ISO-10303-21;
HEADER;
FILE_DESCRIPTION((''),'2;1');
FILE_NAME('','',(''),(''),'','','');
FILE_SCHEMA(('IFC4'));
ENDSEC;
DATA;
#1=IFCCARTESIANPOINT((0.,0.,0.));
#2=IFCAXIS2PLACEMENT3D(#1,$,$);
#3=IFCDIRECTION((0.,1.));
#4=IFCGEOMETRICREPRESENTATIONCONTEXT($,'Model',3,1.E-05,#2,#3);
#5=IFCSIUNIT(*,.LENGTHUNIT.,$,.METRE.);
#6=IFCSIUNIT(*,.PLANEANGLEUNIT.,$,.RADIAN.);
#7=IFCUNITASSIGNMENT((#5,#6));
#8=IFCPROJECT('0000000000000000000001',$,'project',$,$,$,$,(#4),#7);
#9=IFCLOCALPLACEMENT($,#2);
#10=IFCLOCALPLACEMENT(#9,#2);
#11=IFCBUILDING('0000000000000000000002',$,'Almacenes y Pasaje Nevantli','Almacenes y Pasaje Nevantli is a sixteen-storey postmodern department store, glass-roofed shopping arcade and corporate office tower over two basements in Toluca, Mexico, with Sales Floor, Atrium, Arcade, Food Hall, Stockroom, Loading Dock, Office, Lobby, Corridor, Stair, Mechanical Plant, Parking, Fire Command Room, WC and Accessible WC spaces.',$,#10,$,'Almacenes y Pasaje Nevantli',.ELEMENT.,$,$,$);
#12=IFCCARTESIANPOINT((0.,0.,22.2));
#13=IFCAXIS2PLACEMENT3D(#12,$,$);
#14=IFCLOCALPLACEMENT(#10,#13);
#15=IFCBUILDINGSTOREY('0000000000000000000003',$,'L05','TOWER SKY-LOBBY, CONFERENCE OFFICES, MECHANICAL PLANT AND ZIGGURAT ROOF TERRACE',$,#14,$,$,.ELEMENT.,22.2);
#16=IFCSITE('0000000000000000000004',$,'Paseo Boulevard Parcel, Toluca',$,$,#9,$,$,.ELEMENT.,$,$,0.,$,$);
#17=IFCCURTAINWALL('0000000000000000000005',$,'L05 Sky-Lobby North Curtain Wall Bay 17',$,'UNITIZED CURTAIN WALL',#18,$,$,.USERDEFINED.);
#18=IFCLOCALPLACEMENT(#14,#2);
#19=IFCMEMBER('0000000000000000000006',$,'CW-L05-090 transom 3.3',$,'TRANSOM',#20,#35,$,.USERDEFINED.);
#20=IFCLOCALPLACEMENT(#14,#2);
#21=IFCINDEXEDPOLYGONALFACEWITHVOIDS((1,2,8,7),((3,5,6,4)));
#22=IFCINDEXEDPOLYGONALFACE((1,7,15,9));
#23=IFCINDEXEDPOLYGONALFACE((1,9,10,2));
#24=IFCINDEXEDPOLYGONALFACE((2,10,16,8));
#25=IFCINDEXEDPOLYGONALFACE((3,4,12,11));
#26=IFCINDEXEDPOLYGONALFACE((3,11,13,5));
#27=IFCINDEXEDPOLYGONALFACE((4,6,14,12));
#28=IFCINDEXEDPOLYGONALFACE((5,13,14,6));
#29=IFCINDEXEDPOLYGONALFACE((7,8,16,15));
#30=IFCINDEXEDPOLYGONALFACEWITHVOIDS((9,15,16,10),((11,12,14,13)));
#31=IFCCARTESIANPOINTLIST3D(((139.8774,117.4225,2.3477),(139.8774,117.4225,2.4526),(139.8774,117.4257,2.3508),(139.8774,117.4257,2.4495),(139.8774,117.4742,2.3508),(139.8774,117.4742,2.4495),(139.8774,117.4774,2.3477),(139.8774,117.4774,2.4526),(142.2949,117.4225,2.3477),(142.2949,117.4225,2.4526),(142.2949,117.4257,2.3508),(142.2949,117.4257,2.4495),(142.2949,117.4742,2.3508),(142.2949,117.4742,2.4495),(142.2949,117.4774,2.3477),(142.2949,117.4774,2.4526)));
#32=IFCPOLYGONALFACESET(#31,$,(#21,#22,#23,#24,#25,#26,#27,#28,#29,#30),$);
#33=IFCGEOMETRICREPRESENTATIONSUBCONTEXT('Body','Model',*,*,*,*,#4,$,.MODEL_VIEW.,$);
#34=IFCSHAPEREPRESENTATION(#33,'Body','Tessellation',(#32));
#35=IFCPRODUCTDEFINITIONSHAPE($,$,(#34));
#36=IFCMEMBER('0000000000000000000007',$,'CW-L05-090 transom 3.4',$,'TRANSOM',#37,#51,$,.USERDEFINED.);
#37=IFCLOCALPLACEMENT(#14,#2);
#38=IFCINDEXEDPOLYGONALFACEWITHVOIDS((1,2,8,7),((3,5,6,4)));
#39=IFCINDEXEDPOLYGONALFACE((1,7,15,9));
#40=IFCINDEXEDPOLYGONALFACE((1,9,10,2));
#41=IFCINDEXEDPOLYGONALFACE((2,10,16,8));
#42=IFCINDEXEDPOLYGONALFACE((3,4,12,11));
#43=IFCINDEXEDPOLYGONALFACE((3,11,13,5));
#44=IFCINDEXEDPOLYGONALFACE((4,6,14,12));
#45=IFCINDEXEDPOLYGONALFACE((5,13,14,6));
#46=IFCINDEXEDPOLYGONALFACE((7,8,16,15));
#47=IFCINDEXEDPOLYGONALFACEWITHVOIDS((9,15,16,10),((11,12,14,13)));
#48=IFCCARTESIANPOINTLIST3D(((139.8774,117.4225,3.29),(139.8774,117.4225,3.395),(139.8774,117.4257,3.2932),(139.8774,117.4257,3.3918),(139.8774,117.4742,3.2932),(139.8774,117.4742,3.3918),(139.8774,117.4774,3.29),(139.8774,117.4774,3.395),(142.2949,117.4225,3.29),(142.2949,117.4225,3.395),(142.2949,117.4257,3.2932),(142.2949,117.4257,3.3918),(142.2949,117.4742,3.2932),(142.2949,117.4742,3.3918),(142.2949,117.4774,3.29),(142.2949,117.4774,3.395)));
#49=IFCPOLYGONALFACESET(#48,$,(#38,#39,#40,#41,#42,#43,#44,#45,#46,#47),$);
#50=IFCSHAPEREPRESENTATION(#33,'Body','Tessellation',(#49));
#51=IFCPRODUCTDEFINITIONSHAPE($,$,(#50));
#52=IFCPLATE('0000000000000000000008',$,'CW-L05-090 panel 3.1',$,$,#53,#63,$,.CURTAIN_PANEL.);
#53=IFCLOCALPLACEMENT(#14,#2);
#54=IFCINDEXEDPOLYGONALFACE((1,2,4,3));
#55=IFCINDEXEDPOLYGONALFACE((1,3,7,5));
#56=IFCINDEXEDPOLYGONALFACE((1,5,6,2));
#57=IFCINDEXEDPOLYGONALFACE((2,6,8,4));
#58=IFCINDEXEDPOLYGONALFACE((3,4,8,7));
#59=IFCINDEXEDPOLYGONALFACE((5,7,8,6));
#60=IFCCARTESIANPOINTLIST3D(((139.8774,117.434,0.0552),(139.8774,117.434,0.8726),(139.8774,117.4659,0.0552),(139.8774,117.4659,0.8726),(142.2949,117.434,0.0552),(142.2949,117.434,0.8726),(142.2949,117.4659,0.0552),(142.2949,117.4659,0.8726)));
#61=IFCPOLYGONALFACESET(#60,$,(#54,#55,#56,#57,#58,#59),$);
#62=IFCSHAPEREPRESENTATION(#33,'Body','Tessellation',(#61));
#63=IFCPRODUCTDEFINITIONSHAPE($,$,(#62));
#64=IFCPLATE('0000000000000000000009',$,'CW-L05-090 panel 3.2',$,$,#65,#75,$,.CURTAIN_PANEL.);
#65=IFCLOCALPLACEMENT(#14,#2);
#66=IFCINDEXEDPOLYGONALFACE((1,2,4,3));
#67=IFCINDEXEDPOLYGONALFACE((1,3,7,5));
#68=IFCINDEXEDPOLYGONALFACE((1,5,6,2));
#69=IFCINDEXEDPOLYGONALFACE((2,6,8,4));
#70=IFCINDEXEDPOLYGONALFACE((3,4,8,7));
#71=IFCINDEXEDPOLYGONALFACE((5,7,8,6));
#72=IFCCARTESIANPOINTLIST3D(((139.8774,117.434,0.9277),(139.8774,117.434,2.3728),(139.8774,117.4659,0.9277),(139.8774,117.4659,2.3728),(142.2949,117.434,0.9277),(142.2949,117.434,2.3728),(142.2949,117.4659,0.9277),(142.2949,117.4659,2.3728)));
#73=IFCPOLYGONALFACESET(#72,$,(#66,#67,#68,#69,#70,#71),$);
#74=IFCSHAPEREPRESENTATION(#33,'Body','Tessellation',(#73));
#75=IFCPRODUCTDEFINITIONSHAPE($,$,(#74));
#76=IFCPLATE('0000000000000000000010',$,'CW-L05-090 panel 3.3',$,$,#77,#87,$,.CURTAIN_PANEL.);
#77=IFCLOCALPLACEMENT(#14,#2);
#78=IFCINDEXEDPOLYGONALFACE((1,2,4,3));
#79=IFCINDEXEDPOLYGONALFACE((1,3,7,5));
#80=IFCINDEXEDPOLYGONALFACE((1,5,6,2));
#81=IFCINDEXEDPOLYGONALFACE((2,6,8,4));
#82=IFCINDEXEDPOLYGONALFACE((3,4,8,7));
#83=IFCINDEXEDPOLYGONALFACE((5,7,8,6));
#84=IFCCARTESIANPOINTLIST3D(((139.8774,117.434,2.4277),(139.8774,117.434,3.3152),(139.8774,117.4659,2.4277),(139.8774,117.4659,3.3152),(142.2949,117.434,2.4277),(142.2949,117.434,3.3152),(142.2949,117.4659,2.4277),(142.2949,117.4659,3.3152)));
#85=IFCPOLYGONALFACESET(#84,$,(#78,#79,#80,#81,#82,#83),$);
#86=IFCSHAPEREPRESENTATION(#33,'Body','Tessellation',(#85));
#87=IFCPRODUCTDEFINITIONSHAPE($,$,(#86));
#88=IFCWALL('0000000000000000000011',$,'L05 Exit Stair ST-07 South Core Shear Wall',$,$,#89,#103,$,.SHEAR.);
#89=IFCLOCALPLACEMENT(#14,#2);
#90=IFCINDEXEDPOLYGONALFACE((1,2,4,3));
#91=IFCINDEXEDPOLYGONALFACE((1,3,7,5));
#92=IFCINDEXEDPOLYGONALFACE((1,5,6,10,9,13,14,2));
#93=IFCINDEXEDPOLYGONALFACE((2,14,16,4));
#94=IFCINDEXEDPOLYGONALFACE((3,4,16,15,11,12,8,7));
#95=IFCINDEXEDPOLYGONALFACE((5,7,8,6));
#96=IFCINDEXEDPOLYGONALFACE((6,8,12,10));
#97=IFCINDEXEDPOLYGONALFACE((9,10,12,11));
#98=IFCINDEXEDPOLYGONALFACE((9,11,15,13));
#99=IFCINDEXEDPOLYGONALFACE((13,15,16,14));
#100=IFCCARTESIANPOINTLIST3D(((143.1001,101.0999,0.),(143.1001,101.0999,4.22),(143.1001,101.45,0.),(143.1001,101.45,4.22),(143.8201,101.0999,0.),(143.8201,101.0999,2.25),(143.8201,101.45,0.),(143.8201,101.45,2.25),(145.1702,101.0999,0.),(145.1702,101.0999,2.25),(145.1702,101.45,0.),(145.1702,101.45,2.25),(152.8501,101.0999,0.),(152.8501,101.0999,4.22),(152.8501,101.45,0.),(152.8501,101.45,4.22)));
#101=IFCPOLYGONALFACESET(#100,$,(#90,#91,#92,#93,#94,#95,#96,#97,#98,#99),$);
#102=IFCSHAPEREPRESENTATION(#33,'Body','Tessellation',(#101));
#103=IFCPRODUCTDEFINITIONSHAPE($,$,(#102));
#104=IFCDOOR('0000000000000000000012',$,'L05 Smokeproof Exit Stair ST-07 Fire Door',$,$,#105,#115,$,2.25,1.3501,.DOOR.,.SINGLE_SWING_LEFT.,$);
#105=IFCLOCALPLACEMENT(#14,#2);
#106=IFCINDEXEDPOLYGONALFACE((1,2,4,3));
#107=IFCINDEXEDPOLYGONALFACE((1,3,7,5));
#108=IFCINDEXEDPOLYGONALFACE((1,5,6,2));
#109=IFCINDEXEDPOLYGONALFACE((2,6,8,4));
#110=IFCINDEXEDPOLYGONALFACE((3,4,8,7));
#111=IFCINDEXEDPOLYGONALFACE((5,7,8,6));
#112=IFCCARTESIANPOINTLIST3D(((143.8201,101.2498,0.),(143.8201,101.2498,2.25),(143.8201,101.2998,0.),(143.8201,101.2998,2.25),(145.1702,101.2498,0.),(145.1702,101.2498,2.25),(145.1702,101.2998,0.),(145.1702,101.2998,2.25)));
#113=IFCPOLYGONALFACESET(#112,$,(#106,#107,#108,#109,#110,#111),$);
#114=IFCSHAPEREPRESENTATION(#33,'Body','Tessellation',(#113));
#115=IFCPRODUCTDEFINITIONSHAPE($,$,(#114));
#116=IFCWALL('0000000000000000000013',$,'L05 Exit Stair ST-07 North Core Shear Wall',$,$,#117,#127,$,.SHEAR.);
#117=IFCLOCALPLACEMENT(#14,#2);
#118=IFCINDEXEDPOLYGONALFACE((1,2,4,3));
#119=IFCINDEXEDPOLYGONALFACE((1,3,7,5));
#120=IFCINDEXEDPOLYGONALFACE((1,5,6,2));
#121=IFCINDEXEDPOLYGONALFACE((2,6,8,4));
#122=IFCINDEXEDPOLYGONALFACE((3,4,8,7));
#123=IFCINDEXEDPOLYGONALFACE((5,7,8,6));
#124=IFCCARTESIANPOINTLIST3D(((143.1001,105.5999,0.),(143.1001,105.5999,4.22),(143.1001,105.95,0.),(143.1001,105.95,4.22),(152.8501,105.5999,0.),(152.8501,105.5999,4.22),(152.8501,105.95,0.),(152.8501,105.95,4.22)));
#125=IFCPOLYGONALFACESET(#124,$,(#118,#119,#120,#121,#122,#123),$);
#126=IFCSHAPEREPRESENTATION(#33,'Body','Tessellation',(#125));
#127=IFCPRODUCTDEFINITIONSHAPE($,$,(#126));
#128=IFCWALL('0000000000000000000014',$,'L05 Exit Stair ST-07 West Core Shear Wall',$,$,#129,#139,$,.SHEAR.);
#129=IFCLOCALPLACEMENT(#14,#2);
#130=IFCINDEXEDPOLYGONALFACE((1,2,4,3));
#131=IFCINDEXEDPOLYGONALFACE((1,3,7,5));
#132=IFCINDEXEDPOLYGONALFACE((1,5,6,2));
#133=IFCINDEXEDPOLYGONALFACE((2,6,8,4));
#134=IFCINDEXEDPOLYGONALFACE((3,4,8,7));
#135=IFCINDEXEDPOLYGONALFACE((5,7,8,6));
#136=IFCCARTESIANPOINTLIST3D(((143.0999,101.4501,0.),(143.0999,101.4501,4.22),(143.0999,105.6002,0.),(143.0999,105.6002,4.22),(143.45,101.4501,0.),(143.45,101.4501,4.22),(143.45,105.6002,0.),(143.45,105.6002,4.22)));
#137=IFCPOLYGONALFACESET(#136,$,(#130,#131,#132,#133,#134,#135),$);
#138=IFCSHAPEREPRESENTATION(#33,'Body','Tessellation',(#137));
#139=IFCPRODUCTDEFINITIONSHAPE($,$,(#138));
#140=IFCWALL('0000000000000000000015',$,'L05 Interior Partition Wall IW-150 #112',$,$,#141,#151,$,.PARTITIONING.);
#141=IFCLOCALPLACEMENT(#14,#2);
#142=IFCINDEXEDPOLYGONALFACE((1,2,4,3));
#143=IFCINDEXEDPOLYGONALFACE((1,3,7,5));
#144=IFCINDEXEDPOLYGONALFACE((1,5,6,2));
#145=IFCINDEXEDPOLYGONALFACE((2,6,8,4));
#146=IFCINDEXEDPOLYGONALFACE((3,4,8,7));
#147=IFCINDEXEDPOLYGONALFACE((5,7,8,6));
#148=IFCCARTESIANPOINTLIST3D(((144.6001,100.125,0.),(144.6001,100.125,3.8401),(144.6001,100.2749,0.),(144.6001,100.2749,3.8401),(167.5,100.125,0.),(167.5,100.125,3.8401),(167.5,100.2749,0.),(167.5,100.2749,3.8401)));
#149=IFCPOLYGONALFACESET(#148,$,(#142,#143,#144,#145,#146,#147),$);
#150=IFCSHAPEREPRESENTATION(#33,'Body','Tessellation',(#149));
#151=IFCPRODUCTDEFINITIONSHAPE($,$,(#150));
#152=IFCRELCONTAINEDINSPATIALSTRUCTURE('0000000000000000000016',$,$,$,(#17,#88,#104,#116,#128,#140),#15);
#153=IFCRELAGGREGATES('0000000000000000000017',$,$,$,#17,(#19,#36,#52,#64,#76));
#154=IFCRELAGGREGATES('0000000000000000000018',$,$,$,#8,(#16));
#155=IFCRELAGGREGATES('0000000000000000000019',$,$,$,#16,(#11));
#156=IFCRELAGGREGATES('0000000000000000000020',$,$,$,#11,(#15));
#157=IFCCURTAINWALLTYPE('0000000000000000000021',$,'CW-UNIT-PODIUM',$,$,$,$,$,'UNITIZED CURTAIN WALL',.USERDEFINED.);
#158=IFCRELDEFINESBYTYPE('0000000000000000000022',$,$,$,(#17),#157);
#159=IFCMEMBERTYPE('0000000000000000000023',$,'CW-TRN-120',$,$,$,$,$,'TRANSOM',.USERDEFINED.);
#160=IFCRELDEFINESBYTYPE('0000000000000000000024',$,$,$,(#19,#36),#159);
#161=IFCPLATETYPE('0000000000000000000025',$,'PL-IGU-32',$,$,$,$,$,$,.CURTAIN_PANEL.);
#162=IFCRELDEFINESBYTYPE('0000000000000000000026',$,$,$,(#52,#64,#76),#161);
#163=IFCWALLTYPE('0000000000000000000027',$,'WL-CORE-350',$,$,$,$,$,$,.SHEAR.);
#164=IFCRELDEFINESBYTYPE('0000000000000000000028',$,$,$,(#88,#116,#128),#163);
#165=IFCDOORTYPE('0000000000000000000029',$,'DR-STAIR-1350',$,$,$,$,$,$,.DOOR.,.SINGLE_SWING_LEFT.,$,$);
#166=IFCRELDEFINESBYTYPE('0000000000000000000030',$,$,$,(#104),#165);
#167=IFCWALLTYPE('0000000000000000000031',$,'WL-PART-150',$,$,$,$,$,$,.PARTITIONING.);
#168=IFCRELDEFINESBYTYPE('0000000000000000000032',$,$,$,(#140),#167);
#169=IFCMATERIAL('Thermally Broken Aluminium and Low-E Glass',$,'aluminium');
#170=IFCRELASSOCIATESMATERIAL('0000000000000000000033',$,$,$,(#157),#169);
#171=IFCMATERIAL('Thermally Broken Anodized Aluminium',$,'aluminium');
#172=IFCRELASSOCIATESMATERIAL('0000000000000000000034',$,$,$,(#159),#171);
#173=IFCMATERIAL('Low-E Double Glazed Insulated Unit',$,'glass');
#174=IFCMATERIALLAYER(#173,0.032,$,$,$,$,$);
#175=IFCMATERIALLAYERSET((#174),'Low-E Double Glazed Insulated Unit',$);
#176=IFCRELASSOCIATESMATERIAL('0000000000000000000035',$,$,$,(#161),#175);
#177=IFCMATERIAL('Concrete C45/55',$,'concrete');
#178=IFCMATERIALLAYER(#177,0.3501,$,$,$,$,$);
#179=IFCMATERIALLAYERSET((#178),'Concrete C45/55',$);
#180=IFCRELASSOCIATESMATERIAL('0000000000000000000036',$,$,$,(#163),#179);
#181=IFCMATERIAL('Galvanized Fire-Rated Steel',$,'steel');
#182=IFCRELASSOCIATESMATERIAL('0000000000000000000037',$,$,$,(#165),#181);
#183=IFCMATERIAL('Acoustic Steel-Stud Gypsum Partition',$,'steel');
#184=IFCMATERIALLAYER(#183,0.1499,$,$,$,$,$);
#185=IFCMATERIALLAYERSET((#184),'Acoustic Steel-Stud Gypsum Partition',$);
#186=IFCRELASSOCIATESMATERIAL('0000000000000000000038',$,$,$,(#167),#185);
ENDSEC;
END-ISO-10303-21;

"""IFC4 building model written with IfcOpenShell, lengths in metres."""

from ifc_helpers import new_model, si_unit, direction, frame, frame_2d, origin, origin_2d, place, context, subcontext, project, spatial, rectangle, hollow_rectangle, extrude, material, layer, layer_set, material_profile, profile_set, type_object, element, fill, aggregate, save


model = new_model("IFC4")

# Units and contexts
model_context = context("Model", 3, precision=1e-05, world=origin(), true_north=direction((0.0, 1.0)))
body_context = subcontext(model_context, "Body", "Model", "MODEL_VIEW")
ifc_project = project(units=[si_unit("LENGTHUNIT", "METRE"), si_unit("PLANEANGLEUNIT", "RADIAN")], contexts=[model_context])

# Site, building, storey
site_placement = place(None, origin())
site = spatial("IfcSite", under=ifc_project, at=site_placement, Name="Paseo Boulevard Parcel, Toluca", CompositionType="ELEMENT", RefElevation=0.0)
building_placement = place(site_placement, origin())
building = spatial("IfcBuilding", under=site, at=building_placement, Name="Almacenes y Pasaje Nevantli", Description="Almacenes y Pasaje Nevantli is a sixteen-storey postmodern department store, glass-roofed shopping arcade and corporate office tower over two basements in Toluca, Mexico, with Sales Floor, Atrium, Arcade, Food Hall, Stockroom, Loading Dock, Office, Lobby, Corridor, Stair, Mechanical Plant, Parking, Fire Command Room, WC and Accessible WC spaces.", LongName="Almacenes y Pasaje Nevantli", CompositionType="ELEMENT")
storey_placement = place(building_placement, frame((0.0, 0.0, 22.2)))
storey = spatial("IfcBuildingStorey", under=building, at=storey_placement, Name="L05", Description="TOWER SKY-LOBBY, CONFERENCE OFFICES, MECHANICAL PLANT AND ZIGGURAT ROOF TERRACE", CompositionType="ELEMENT", Elevation=22.2)

# Curtain wall
ifc_material_1 = material(Name="Thermally Broken Aluminium and Low-E Glass", Category="aluminium")
curtain_wall_type = type_object("IfcCurtainWallType", Name="CW-UNIT-PODIUM", ElementType="UNITIZED CURTAIN WALL", PredefinedType="USERDEFINED", material=ifc_material_1)
curtain_wall_1_placement = place(storey_placement, origin())
curtain_wall_1 = element("IfcCurtainWall", 1, at=curtain_wall_1_placement, inside=storey, type_object=curtain_wall_type, Name="L05 Sky-Lobby North Curtain Wall Bay 17", ObjectType="UNITIZED CURTAIN WALL", PredefinedType="USERDEFINED")

# Members
ifc_material_2 = material(Name="Thermally Broken Anodized Aluminium", Category="aluminium")
ifc_material_profile_1 = material_profile(ifc_material_2, hollow_rectangle(XDim=0.0549, YDim=0.105, WallThickness=0.0032, at=origin_2d()), Name="ALU-TRN-55x105")
ifc_profile_set_1 = profile_set([ifc_material_profile_1], Name="Thermally Broken Anodized Aluminium")
member_type_1 = type_object("IfcMemberType", Name="CW-TRN-120", ElementType="TRANSOM", PredefinedType="USERDEFINED", material=ifc_profile_set_1)
member_1_placement = place(storey_placement, frame((139.8774, 117.45, 2.4001), z_axis=(1.0, 0.0, 0.0), x_axis=(0.0, 1.0, 0.0)))
member_1 = element("IfcMember", 2, at=member_1_placement, type_object=member_type_1, Name="CW-L05-090 transom 3.3", ObjectType="TRANSOM", PredefinedType="USERDEFINED", context=body_context, shape_type="SweptSolid", body=[
    extrude(hollow_rectangle(XDim=0.0549, YDim=0.105, WallThickness=0.0032, at=origin_2d()), origin(), (0.0, 0.0, 1.0), 2.4175),
])
member_2_placement = place(storey_placement, frame((139.8774, 117.45, 3.3425), z_axis=(1.0, 0.0, 0.0), x_axis=(0.0, 1.0, 0.0)))
member_2 = element("IfcMember", 3, at=member_2_placement, type_object=member_type_1, Name="CW-L05-090 transom 3.4", ObjectType="TRANSOM", PredefinedType="USERDEFINED", context=body_context, shape_type="SweptSolid", body=[
    extrude(hollow_rectangle(XDim=0.0549, YDim=0.105, WallThickness=0.0032, at=origin_2d()), origin(), (0.0, 0.0, 1.0), 2.4175),
])

# Plates
ifc_material_3 = material(Name="Low-E Double Glazed Insulated Unit", Category="glass")
ifc_layer_1 = layer(ifc_material_3, 0.032)
ifc_layer_set_1 = layer_set([ifc_layer_1], Name="Low-E Double Glazed Insulated Unit")
plate_type = type_object("IfcPlateType", Name="PL-IGU-32", PredefinedType="CURTAIN_PANEL", material=ifc_layer_set_1)
plate_1_placement = place(storey_placement, frame((141.0862, 117.45, 0.0552), z_axis=(0.0, 0.0, 1.0), x_axis=(1.0, 0.0, 0.0)))
plate_1 = element("IfcPlate", 4, at=plate_1_placement, type_object=plate_type, Name="CW-L05-090 panel 3.1", PredefinedType="CURTAIN_PANEL", context=body_context, shape_type="SweptSolid", body=[
    extrude(rectangle(XDim=2.4175, YDim=0.032, at=origin_2d()), origin(), (0.0, 0.0, 1.0), 0.8174),
])
plate_2_placement = place(storey_placement, frame((141.0862, 117.45, 0.9277), z_axis=(0.0, 0.0, 1.0), x_axis=(1.0, 0.0, 0.0)))
plate_2 = element("IfcPlate", 5, at=plate_2_placement, type_object=plate_type, Name="CW-L05-090 panel 3.2", PredefinedType="CURTAIN_PANEL", context=body_context, shape_type="SweptSolid", body=[
    extrude(rectangle(XDim=2.4175, YDim=0.032, at=origin_2d()), origin(), (0.0, 0.0, 1.0), 1.4451),
])
plate_3_placement = place(storey_placement, frame((141.0862, 117.45, 2.4277), z_axis=(0.0, 0.0, 1.0), x_axis=(1.0, 0.0, 0.0)))
plate_3 = element("IfcPlate", 6, at=plate_3_placement, type_object=plate_type, Name="CW-L05-090 panel 3.3", PredefinedType="CURTAIN_PANEL", context=body_context, shape_type="SweptSolid", body=[
    extrude(rectangle(XDim=2.4175, YDim=0.032, at=origin_2d()), origin(), (0.0, 0.0, 1.0), 0.8875),
])
aggregate(curtain_wall_1, [member_1, member_2, plate_1, plate_2, plate_3])

# Wall, opening, door
ifc_material_4 = material(Name="Concrete C45/55", Category="concrete")
ifc_layer_2 = layer(ifc_material_4, 0.3501)
ifc_layer_set_2 = layer_set([ifc_layer_2], Name="Concrete C45/55")
wall_type_1 = type_object("IfcWallType", Name="WL-CORE-350", PredefinedType="SHEAR", material=ifc_layer_set_2)
wall_1_placement = place(storey_placement, frame((143.1001, 101.2749, 0.0), z_axis=(0.0, 0.0, 1.0), x_axis=(1.0, 0.0, 0.0)))
wall_1 = element("IfcWall", 7, at=wall_1_placement, inside=storey, type_object=wall_type_1, Name="L05 Exit Stair ST-07 South Core Shear Wall", PredefinedType="SHEAR", context=body_context, shape_type="SweptSolid", body=[
    extrude(rectangle(XDim=9.75, YDim=0.3501, at=frame_2d((4.875, 0.0))), origin(), (0.0, 0.0, 1.0), 4.22),
])
opening_placement = place(wall_1_placement, frame((0.72, 0.0, 0.0)))
opening = element("IfcOpeningElement", 8, at=opening_placement, cuts=wall_1, PredefinedType="OPENING", context=body_context, shape_type="SweptSolid", body=[
    extrude(rectangle(XDim=1.3501, YDim=2.25, at=frame_2d((0.675, 1.125))), frame((0.0, 0.1851, 0.0), z_axis=(0.0, -1.0, 0.0), x_axis=(1.0, 0.0, 0.0)), (0.0, 0.0, 1.0), 0.3701),
])
ifc_material_5 = material(Name="Galvanized Fire-Rated Steel", Category="steel")
door_type = type_object("IfcDoorType", Name="DR-STAIR-1350", OperationType="SINGLE_SWING_LEFT", PredefinedType="DOOR", material=ifc_material_5)
door_placement = place(opening_placement, origin())
door = element("IfcDoor", 9, at=door_placement, inside=storey, type_object=door_type, Name="L05 Smokeproof Exit Stair ST-07 Fire Door", OperationType="SINGLE_SWING_LEFT", OverallHeight=2.25, OverallWidth=1.3501, PredefinedType="DOOR", context=body_context, shape_type="SweptSolid", body=[
    extrude(rectangle(XDim=1.3501, YDim=2.25, at=frame_2d((0.675, 1.125))), frame((0.0, 0.0249, 0.0), z_axis=(0.0, -1.0, 0.0), x_axis=(1.0, 0.0, 0.0)), (0.0, 0.0, 1.0), 0.05),
])
fill(opening, door)

# Walls
wall_2_placement = place(storey_placement, frame((143.1001, 105.7749, 0.0), z_axis=(0.0, 0.0, 1.0), x_axis=(1.0, 0.0, 0.0)))
element("IfcWall", 10, at=wall_2_placement, inside=storey, type_object=wall_type_1, Name="L05 Exit Stair ST-07 North Core Shear Wall", PredefinedType="SHEAR", context=body_context, shape_type="SweptSolid", body=[
    extrude(rectangle(XDim=9.75, YDim=0.3501, at=frame_2d((4.875, 0.0))), origin(), (0.0, 0.0, 1.0), 4.22),
])
wall_3_placement = place(storey_placement, frame((143.2749, 101.45, 0.0), z_axis=(0.0, 0.0, 1.0), x_axis=(0.0, 1.0, 0.0)))
element("IfcWall", 11, at=wall_3_placement, inside=storey, type_object=wall_type_1, Name="L05 Exit Stair ST-07 West Core Shear Wall", PredefinedType="SHEAR", context=body_context, shape_type="SweptSolid", body=[
    extrude(rectangle(XDim=4.1501, YDim=0.3501, at=frame_2d((2.0752, 0.0))), origin(), (0.0, 0.0, 1.0), 4.22),
])
ifc_material_6 = material(Name="Acoustic Steel-Stud Gypsum Partition", Category="steel")
ifc_layer_3 = layer(ifc_material_6, 0.1499)
ifc_layer_set_3 = layer_set([ifc_layer_3], Name="Acoustic Steel-Stud Gypsum Partition")
wall_type_2 = type_object("IfcWallType", Name="WL-PART-150", PredefinedType="PARTITIONING", material=ifc_layer_set_3)
wall_4_placement = place(storey_placement, frame((144.6001, 100.2, 0.0), z_axis=(0.0, 0.0, 1.0), x_axis=(1.0, 0.0, 0.0)))
element("IfcWall", 12, at=wall_4_placement, inside=storey, type_object=wall_type_2, Name="L05 Interior Partition Wall IW-150 #112", PredefinedType="PARTITIONING", context=body_context, shape_type="SweptSolid", body=[
    extrude(rectangle(XDim=22.8999, YDim=0.1499, at=frame_2d((11.45, 0.0))), origin(), (0.0, 0.0, 1.0), 3.8401),
])

save(model, "model.ifc")
